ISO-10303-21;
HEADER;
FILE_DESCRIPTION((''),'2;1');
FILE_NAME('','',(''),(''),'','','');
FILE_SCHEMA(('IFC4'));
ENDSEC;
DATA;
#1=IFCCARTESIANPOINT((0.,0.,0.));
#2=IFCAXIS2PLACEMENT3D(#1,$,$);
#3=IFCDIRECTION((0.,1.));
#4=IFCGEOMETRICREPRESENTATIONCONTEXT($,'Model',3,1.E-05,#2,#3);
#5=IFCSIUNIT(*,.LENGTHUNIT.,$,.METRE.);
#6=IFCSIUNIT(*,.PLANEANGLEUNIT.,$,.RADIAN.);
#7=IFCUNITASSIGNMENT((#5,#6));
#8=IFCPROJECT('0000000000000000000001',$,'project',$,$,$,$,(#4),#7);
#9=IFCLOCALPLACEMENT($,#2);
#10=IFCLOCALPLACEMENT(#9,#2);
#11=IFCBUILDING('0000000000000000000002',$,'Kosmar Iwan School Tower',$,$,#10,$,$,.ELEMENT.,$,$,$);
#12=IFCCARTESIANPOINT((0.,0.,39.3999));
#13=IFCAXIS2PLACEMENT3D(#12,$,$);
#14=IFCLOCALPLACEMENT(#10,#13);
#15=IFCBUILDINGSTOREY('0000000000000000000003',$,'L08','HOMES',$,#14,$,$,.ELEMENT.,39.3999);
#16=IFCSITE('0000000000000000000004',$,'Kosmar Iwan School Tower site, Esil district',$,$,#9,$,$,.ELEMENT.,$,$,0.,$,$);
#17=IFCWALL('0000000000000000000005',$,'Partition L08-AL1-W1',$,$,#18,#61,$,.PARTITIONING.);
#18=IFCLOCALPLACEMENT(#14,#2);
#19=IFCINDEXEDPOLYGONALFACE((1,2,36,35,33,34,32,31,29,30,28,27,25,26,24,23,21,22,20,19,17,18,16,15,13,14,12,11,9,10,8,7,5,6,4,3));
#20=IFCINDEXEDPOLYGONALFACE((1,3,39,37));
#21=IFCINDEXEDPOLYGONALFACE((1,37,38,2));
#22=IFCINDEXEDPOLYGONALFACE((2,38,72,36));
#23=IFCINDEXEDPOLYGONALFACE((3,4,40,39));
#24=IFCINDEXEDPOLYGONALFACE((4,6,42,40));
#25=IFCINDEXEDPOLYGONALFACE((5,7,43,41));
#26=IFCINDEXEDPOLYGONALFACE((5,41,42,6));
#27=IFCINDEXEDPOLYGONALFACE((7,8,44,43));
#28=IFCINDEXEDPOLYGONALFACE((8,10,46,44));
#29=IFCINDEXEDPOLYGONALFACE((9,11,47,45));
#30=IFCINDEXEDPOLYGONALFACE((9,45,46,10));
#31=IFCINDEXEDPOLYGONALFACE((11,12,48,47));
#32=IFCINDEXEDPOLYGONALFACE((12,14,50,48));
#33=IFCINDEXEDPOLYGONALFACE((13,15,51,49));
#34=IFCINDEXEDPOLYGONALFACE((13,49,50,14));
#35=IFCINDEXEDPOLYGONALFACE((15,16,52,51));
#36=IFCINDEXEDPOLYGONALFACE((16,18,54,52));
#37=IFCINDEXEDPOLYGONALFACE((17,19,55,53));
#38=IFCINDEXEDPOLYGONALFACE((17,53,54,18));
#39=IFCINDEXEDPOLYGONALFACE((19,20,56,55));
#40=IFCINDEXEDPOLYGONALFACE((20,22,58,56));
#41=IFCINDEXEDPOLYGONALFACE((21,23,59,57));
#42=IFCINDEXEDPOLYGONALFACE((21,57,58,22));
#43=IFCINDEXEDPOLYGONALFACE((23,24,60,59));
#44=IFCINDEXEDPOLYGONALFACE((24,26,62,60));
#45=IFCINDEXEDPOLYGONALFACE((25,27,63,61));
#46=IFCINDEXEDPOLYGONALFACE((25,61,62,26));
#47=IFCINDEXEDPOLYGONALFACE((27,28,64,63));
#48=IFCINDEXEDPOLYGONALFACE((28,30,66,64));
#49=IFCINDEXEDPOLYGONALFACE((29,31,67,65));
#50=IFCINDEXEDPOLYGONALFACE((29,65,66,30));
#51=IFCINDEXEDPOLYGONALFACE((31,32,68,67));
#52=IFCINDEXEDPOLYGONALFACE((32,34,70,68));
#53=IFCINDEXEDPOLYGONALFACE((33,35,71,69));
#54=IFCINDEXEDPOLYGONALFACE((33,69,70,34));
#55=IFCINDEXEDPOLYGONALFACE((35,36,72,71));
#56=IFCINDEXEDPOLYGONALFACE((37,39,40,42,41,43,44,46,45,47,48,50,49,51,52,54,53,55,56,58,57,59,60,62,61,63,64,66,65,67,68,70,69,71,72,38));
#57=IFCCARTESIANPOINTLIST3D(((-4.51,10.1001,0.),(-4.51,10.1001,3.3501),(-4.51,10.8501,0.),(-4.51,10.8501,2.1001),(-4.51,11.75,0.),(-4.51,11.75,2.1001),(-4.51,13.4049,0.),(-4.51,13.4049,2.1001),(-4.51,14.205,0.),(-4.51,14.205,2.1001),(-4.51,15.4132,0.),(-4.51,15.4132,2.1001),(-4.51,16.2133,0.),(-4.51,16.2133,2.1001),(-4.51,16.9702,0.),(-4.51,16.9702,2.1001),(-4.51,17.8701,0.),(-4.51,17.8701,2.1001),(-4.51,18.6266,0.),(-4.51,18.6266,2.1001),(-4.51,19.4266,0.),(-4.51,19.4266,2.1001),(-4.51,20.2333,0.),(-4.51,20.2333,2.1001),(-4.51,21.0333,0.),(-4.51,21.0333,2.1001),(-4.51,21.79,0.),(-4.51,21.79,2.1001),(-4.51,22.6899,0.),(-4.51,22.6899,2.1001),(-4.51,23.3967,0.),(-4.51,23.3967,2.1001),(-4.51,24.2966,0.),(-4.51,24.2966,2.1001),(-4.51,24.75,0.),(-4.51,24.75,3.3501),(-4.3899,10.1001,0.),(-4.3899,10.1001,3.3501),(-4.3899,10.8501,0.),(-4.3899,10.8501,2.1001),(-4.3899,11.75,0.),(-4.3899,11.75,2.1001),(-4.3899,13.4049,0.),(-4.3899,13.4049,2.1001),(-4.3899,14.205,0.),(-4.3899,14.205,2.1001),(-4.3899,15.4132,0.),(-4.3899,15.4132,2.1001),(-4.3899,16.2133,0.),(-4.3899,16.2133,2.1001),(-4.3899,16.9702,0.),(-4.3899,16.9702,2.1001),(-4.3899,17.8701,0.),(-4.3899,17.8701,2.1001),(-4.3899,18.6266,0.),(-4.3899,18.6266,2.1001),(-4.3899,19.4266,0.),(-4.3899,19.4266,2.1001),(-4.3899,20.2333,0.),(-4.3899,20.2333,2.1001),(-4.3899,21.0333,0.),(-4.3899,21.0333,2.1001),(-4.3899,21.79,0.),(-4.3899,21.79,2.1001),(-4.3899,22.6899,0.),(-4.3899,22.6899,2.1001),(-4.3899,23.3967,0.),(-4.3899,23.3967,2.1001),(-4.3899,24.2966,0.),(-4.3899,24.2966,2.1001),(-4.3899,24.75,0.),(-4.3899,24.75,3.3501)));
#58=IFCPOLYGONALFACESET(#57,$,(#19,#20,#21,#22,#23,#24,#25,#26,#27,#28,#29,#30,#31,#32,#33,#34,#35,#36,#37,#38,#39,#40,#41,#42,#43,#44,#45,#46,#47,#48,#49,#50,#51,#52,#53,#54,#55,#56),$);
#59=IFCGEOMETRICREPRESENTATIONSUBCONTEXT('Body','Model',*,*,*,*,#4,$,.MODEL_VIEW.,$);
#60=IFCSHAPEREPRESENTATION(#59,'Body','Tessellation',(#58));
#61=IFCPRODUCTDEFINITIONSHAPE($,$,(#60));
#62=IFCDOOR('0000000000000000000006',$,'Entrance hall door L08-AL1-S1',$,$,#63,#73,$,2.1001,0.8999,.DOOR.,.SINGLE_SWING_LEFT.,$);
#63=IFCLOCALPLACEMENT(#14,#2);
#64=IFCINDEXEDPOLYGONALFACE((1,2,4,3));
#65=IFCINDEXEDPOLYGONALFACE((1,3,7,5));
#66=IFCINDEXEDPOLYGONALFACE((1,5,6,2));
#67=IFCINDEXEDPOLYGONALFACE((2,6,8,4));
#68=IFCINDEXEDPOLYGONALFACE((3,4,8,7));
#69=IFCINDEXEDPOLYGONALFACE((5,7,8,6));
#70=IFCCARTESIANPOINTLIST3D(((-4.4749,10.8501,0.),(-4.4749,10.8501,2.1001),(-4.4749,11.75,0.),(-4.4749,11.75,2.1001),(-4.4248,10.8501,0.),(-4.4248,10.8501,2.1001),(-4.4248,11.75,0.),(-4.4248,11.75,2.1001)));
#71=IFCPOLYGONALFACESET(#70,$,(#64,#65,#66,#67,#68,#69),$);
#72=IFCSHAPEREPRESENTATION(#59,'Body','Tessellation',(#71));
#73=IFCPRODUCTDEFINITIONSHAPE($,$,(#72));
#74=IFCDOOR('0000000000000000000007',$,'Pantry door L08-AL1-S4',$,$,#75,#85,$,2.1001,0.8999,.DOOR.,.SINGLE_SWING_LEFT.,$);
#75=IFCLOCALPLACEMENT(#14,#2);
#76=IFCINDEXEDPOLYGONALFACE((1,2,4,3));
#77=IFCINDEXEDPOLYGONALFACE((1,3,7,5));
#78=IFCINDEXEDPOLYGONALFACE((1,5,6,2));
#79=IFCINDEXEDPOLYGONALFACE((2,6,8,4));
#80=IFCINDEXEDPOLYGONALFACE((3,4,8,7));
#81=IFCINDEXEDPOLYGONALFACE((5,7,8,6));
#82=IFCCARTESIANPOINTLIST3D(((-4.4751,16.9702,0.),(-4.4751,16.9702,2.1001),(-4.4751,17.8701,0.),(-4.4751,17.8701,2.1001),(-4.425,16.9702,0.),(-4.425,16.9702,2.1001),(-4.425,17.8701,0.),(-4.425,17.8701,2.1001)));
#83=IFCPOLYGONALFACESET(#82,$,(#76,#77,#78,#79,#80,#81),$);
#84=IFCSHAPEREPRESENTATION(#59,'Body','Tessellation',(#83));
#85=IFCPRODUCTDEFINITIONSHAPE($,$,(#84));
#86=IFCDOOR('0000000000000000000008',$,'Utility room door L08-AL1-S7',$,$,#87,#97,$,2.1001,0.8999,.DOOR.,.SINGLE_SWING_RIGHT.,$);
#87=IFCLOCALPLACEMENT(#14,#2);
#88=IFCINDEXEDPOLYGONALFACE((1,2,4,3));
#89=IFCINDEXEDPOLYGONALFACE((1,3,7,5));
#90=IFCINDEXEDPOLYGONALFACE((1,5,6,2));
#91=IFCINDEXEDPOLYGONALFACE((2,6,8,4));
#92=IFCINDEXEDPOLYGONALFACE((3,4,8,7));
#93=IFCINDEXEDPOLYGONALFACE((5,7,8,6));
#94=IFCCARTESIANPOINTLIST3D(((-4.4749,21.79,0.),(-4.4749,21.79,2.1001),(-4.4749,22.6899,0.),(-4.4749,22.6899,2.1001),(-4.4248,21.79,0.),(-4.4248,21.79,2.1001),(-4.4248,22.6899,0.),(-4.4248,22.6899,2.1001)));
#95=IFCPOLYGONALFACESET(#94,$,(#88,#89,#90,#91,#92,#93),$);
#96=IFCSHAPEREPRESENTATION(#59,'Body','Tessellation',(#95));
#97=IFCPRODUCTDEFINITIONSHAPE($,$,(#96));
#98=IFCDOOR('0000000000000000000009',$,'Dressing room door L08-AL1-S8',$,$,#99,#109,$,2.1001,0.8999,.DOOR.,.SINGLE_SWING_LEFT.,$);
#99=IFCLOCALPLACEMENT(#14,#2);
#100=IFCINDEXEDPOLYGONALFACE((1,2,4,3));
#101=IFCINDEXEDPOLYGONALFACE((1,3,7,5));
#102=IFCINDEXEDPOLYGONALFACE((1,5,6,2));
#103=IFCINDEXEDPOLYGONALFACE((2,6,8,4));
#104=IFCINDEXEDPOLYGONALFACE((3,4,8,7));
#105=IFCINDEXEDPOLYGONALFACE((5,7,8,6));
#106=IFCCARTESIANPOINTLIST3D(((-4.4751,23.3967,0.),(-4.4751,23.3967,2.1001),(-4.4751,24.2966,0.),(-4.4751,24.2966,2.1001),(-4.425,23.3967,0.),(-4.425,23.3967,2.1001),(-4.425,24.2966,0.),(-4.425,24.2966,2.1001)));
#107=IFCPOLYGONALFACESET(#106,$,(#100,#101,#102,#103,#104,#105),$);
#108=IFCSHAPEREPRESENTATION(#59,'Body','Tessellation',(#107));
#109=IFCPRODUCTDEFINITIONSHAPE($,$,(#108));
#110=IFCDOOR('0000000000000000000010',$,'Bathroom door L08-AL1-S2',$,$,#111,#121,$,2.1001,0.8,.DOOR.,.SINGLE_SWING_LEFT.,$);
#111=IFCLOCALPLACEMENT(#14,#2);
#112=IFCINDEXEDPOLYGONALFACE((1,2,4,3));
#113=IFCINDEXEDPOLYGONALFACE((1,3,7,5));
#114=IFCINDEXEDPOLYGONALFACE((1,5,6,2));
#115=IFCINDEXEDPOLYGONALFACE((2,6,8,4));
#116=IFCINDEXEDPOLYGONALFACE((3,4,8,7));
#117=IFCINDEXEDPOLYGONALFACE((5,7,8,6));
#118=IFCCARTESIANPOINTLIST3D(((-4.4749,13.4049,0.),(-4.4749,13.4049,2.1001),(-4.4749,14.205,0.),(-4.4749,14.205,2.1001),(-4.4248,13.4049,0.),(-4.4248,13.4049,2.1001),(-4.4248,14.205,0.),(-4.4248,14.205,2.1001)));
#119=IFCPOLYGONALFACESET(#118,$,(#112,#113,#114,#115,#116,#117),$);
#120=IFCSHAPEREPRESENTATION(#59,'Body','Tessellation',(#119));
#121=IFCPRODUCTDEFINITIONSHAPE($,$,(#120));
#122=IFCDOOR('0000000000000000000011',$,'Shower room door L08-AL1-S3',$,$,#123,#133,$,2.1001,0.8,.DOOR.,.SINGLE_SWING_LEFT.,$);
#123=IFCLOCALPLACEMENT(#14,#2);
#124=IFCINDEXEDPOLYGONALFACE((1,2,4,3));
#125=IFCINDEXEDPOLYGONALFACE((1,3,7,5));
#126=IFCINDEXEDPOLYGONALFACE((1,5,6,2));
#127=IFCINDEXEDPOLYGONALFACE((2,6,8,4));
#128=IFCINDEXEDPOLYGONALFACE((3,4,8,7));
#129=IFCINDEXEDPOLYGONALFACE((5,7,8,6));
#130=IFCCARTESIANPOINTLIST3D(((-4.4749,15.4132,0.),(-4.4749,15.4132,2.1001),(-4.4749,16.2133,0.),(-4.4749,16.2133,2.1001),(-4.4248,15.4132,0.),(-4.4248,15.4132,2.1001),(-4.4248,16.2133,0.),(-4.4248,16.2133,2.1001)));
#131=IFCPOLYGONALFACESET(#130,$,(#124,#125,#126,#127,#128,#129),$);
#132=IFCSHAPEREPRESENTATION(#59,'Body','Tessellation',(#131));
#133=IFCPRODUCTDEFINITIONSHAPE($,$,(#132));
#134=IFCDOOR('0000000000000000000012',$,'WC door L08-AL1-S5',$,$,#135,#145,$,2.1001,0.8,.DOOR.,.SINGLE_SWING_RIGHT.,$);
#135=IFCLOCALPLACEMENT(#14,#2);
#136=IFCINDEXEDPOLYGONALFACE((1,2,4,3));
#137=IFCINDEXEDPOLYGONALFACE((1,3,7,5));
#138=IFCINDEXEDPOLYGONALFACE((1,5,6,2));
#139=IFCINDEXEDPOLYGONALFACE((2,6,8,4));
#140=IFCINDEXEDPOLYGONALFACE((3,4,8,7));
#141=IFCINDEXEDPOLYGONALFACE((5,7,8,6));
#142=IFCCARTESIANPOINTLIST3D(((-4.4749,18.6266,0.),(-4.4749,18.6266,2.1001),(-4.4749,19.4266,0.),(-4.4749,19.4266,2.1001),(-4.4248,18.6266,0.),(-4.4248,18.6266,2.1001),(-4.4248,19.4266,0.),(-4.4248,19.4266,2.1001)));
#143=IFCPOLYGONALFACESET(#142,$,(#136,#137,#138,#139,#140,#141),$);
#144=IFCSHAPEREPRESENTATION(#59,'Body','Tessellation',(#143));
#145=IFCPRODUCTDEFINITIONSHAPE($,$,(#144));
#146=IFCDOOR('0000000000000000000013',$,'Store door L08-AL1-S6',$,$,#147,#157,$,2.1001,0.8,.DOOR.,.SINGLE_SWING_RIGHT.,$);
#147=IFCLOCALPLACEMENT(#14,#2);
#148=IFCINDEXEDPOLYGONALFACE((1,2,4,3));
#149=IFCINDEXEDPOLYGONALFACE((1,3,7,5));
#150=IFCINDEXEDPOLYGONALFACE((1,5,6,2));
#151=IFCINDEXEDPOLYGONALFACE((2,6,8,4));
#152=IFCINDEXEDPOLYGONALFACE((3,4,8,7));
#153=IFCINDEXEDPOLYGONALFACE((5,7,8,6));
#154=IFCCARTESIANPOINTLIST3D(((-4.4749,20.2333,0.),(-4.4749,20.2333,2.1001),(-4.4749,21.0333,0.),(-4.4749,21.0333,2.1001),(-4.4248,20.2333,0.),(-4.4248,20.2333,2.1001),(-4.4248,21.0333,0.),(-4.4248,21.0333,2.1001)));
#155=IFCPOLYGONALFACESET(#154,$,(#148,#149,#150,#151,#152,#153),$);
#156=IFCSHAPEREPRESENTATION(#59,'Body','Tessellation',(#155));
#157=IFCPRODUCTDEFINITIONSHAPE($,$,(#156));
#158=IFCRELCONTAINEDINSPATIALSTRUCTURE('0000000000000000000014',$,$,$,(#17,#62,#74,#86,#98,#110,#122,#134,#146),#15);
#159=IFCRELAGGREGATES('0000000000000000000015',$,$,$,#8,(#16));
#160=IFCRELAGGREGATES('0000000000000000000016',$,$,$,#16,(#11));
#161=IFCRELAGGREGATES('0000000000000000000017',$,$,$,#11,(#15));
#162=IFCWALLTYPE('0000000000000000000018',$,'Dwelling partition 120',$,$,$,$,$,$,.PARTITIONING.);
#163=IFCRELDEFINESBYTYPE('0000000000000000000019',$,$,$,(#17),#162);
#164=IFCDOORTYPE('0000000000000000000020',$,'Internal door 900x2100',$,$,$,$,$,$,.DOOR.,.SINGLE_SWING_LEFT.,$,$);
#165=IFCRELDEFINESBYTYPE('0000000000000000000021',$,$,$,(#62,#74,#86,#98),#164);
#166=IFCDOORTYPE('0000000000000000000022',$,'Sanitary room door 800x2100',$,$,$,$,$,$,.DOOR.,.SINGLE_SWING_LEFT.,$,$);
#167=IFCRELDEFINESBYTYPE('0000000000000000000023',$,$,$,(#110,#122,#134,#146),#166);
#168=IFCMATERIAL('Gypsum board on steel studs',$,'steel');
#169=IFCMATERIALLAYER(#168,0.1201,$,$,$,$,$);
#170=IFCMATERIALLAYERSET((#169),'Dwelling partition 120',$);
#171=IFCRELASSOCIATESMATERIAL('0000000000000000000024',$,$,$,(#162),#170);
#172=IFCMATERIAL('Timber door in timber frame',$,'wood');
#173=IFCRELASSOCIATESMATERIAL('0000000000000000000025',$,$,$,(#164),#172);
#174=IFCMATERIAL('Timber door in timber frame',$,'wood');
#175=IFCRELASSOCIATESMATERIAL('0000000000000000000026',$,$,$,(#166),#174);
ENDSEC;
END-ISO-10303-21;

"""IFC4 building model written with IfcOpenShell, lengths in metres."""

from ifc_helpers import new_model, si_unit, direction, frame, frame_2d, origin, place, context, subcontext, project, spatial, rectangle, extrude, material, layer, layer_set, type_object, element, fill, save


model = new_model("IFC4")

# Units and contexts
model_context = context("Model", 3, precision=1e-05, world=origin(), true_north=direction((0.0, 1.0)))
body_context = subcontext(model_context, "Body", "Model", "MODEL_VIEW")
ifc_project = project(units=[si_unit("LENGTHUNIT", "METRE"), si_unit("PLANEANGLEUNIT", "RADIAN")], contexts=[model_context])

# Site, building, storey
site_placement = place(None, origin())
site = spatial("IfcSite", under=ifc_project, at=site_placement, Name="Kosmar Iwan School Tower site, Esil district", CompositionType="ELEMENT", RefElevation=0.0)
building_placement = place(site_placement, origin())
building = spatial("IfcBuilding", under=site, at=building_placement, Name="Kosmar Iwan School Tower", CompositionType="ELEMENT")
storey_placement = place(building_placement, frame((0.0, 0.0, 39.3999)))
storey = spatial("IfcBuildingStorey", under=building, at=storey_placement, Name="L08", Description="HOMES", CompositionType="ELEMENT", Elevation=39.3999)

# Wall, openings, doors
ifc_material_1 = material(Name="Gypsum board on steel studs", Category="steel")
ifc_layer_1 = layer(ifc_material_1, 0.1201)
ifc_layer_set_1 = layer_set([ifc_layer_1], Name="Dwelling partition 120")
wall_type_1 = type_object("IfcWallType", Name="Dwelling partition 120", PredefinedType="PARTITIONING", material=ifc_layer_set_1)
wall_1_placement = place(storey_placement, frame((-4.45, 10.1001, 0.0), z_axis=(0.0, 0.0, 1.0), x_axis=(0.0, 1.0, 0.0)))
wall_1 = element("IfcWall", 1, at=wall_1_placement, inside=storey, type_object=wall_type_1, Name="Partition L08-AL1-W1", PredefinedType="PARTITIONING", context=body_context, shape_type="SweptSolid", body=[
    extrude(rectangle(XDim=14.6499, YDim=0.1201, at=frame_2d((7.325, 0.0))), origin(), (0.0, 0.0, 1.0), 3.3501),
])
opening_1_placement = place(wall_1_placement, frame((0.75, 0.0, 0.0)))
opening_1 = element("IfcOpeningElement", 2, at=opening_1_placement, cuts=wall_1, PredefinedType="OPENING", context=body_context, shape_type="SweptSolid", body=[
    extrude(rectangle(XDim=0.8999, YDim=2.1001, at=frame_2d((0.45, 1.05))), frame((0.0, 0.072, 0.0), z_axis=(0.0, -1.0, 0.0), x_axis=(1.0, 0.0, 0.0)), (0.0, 0.0, 1.0), 0.144),
])
opening_2_placement = place(wall_1_placement, frame((3.3049, 0.0, 0.0)))
opening_2 = element("IfcOpeningElement", 3, at=opening_2_placement, cuts=wall_1, PredefinedType="OPENING", context=body_context, shape_type="SweptSolid", body=[
    extrude(rectangle(XDim=0.8, YDim=2.1001, at=frame_2d((0.3999, 1.05))), frame((0.0, 0.072, 0.0), z_axis=(0.0, -1.0, 0.0), x_axis=(1.0, 0.0, 0.0)), (0.0, 0.0, 1.0), 0.144),
])
opening_3_placement = place(wall_1_placement, frame((5.3132, 0.0, 0.0)))
opening_3 = element("IfcOpeningElement", 4, at=opening_3_placement, cuts=wall_1, PredefinedType="OPENING", context=body_context, shape_type="SweptSolid", body=[
    extrude(rectangle(XDim=0.8, YDim=2.1001, at=frame_2d((0.3999, 1.05))), frame((0.0, 0.072, 0.0), z_axis=(0.0, -1.0, 0.0), x_axis=(1.0, 0.0, 0.0)), (0.0, 0.0, 1.0), 0.144),
])
opening_4_placement = place(wall_1_placement, frame((6.8701, 0.0, 0.0)))
opening_4 = element("IfcOpeningElement", 5, at=opening_4_placement, cuts=wall_1, PredefinedType="OPENING", context=body_context, shape_type="SweptSolid", body=[
    extrude(rectangle(XDim=0.8999, YDim=2.1001, at=frame_2d((0.45, 1.05))), frame((0.0, 0.072, 0.0), z_axis=(0.0, -1.0, 0.0), x_axis=(1.0, 0.0, 0.0)), (0.0, 0.0, 1.0), 0.144),
])
opening_5_placement = place(wall_1_placement, frame((8.5266, 0.0, 0.0)))
opening_5 = element("IfcOpeningElement", 6, at=opening_5_placement, cuts=wall_1, PredefinedType="OPENING", context=body_context, shape_type="SweptSolid", body=[
    extrude(rectangle(XDim=0.8, YDim=2.1001, at=frame_2d((0.3999, 1.05))), frame((0.0, 0.072, 0.0), z_axis=(0.0, -1.0, 0.0), x_axis=(1.0, 0.0, 0.0)), (0.0, 0.0, 1.0), 0.144),
])
opening_6_placement = place(wall_1_placement, frame((10.1333, 0.0, 0.0)))
opening_6 = element("IfcOpeningElement", 7, at=opening_6_placement, cuts=wall_1, PredefinedType="OPENING", context=body_context, shape_type="SweptSolid", body=[
    extrude(rectangle(XDim=0.8, YDim=2.1001, at=frame_2d((0.3999, 1.05))), frame((0.0, 0.072, 0.0), z_axis=(0.0, -1.0, 0.0), x_axis=(1.0, 0.0, 0.0)), (0.0, 0.0, 1.0), 0.144),
])
opening_7_placement = place(wall_1_placement, frame((11.6899, 0.0, 0.0)))
opening_7 = element("IfcOpeningElement", 8, at=opening_7_placement, cuts=wall_1, PredefinedType="OPENING", context=body_context, shape_type="SweptSolid", body=[
    extrude(rectangle(XDim=0.8999, YDim=2.1001, at=frame_2d((0.45, 1.05))), frame((0.0, 0.072, 0.0), z_axis=(0.0, -1.0, 0.0), x_axis=(1.0, 0.0, 0.0)), (0.0, 0.0, 1.0), 0.144),
])
opening_8_placement = place(wall_1_placement, frame((13.2966, 0.0, 0.0)))
opening_8 = element("IfcOpeningElement", 9, at=opening_8_placement, cuts=wall_1, PredefinedType="OPENING", context=body_context, shape_type="SweptSolid", body=[
    extrude(rectangle(XDim=0.8999, YDim=2.1001, at=frame_2d((0.45, 1.05))), frame((0.0, 0.072, 0.0), z_axis=(0.0, -1.0, 0.0), x_axis=(1.0, 0.0, 0.0)), (0.0, 0.0, 1.0), 0.144),
])
ifc_material_2 = material(Name="Timber door in timber frame", Category="wood")
door_type_1 = type_object("IfcDoorType", Name="Internal door 900x2100", OperationType="SINGLE_SWING_LEFT", PredefinedType="DOOR", material=ifc_material_2)
door_1_placement = place(opening_1_placement, origin())
door_1 = element("IfcDoor", 10, at=door_1_placement, inside=storey, type_object=door_type_1, Name="Entrance hall door L08-AL1-S1", OperationType="SINGLE_SWING_LEFT", OverallHeight=2.1001, OverallWidth=0.8999, PredefinedType="DOOR", context=body_context, shape_type="SweptSolid", body=[
    extrude(rectangle(XDim=0.8999, YDim=2.1001, at=frame_2d((0.45, 1.05))), frame((0.0, 0.0249, 0.0), z_axis=(0.0, -1.0, 0.0), x_axis=(1.0, 0.0, 0.0)), (0.0, 0.0, 1.0), 0.05),
])
fill(opening_1, door_1)
door_2_placement = place(opening_4_placement, frame((0.8999, 0.0, 0.0), z_axis=(0.0, 0.0, 1.0), x_axis=(-1.0, 0.0, 0.0)))
door_2 = element("IfcDoor", 11, at=door_2_placement, inside=storey, type_object=door_type_1, Name="Pantry door L08-AL1-S4", OperationType="SINGLE_SWING_LEFT", OverallHeight=2.1001, OverallWidth=0.8999, PredefinedType="DOOR", context=body_context, shape_type="SweptSolid", body=[
    extrude(rectangle(XDim=0.8999, YDim=2.1001, at=frame_2d((0.45, 1.05))), frame((0.0, 0.0249, 0.0), z_axis=(0.0, -1.0, 0.0), x_axis=(1.0, 0.0, 0.0)), (0.0, 0.0, 1.0), 0.05),
])
fill(opening_4, door_2)
door_3_placement = place(opening_7_placement, origin())
door_3 = element("IfcDoor", 12, at=door_3_placement, inside=storey, type_object=door_type_1, Name="Utility room door L08-AL1-S7", OperationType="SINGLE_SWING_RIGHT", OverallHeight=2.1001, OverallWidth=0.8999, PredefinedType="DOOR", context=body_context, shape_type="SweptSolid", body=[
    extrude(rectangle(XDim=0.8999, YDim=2.1001, at=frame_2d((0.45, 1.05))), frame((0.0, 0.0249, 0.0), z_axis=(0.0, -1.0, 0.0), x_axis=(1.0, 0.0, 0.0)), (0.0, 0.0, 1.0), 0.05),
])
fill(opening_7, door_3)
door_4_placement = place(opening_8_placement, frame((0.8999, 0.0, 0.0), z_axis=(0.0, 0.0, 1.0), x_axis=(-1.0, 0.0, 0.0)))
door_4 = element("IfcDoor", 13, at=door_4_placement, inside=storey, type_object=door_type_1, Name="Dressing room door L08-AL1-S8", OperationType="SINGLE_SWING_LEFT", OverallHeight=2.1001, OverallWidth=0.8999, PredefinedType="DOOR", context=body_context, shape_type="SweptSolid", body=[
    extrude(rectangle(XDim=0.8999, YDim=2.1001, at=frame_2d((0.45, 1.05))), frame((0.0, 0.0249, 0.0), z_axis=(0.0, -1.0, 0.0), x_axis=(1.0, 0.0, 0.0)), (0.0, 0.0, 1.0), 0.05),
])
fill(opening_8, door_4)
ifc_material_3 = material(Name="Timber door in timber frame", Category="wood")
door_type_2 = type_object("IfcDoorType", Name="Sanitary room door 800x2100", OperationType="SINGLE_SWING_LEFT", PredefinedType="DOOR", material=ifc_material_3)
door_5_placement = place(opening_2_placement, origin())
door_5 = element("IfcDoor", 14, at=door_5_placement, inside=storey, type_object=door_type_2, Name="Bathroom door L08-AL1-S2", OperationType="SINGLE_SWING_LEFT", OverallHeight=2.1001, OverallWidth=0.8, PredefinedType="DOOR", context=body_context, shape_type="SweptSolid", body=[
    extrude(rectangle(XDim=0.8, YDim=2.1001, at=frame_2d((0.3999, 1.05))), frame((0.0, 0.0249, 0.0), z_axis=(0.0, -1.0, 0.0), x_axis=(1.0, 0.0, 0.0)), (0.0, 0.0, 1.0), 0.05),
])
fill(opening_2, door_5)
door_6_placement = place(opening_3_placement, origin())
door_6 = element("IfcDoor", 15, at=door_6_placement, inside=storey, type_object=door_type_2, Name="Shower room door L08-AL1-S3", OperationType="SINGLE_SWING_LEFT", OverallHeight=2.1001, OverallWidth=0.8, PredefinedType="DOOR", context=body_context, shape_type="SweptSolid", body=[
    extrude(rectangle(XDim=0.8, YDim=2.1001, at=frame_2d((0.3999, 1.05))), frame((0.0, 0.0249, 0.0), z_axis=(0.0, -1.0, 0.0), x_axis=(1.0, 0.0, 0.0)), (0.0, 0.0, 1.0), 0.05),
])
fill(opening_3, door_6)
door_7_placement = place(opening_5_placement, origin())
door_7 = element("IfcDoor", 16, at=door_7_placement, inside=storey, type_object=door_type_2, Name="WC door L08-AL1-S5", OperationType="SINGLE_SWING_RIGHT", OverallHeight=2.1001, OverallWidth=0.8, PredefinedType="DOOR", context=body_context, shape_type="SweptSolid", body=[
    extrude(rectangle(XDim=0.8, YDim=2.1001, at=frame_2d((0.3999, 1.05))), frame((0.0, 0.0249, 0.0), z_axis=(0.0, -1.0, 0.0), x_axis=(1.0, 0.0, 0.0)), (0.0, 0.0, 1.0), 0.05),
])
fill(opening_5, door_7)
door_8_placement = place(opening_6_placement, origin())
door_8 = element("IfcDoor", 17, at=door_8_placement, inside=storey, type_object=door_type_2, Name="Store door L08-AL1-S6", OperationType="SINGLE_SWING_RIGHT", OverallHeight=2.1001, OverallWidth=0.8, PredefinedType="DOOR", context=body_context, shape_type="SweptSolid", body=[
    extrude(rectangle(XDim=0.8, YDim=2.1001, at=frame_2d((0.3999, 1.05))), frame((0.0, 0.0249, 0.0), z_axis=(0.0, -1.0, 0.0), x_axis=(1.0, 0.0, 0.0)), (0.0, 0.0, 1.0), 0.05),
])
fill(opening_6, door_8)

save(model, "model.ifc")
